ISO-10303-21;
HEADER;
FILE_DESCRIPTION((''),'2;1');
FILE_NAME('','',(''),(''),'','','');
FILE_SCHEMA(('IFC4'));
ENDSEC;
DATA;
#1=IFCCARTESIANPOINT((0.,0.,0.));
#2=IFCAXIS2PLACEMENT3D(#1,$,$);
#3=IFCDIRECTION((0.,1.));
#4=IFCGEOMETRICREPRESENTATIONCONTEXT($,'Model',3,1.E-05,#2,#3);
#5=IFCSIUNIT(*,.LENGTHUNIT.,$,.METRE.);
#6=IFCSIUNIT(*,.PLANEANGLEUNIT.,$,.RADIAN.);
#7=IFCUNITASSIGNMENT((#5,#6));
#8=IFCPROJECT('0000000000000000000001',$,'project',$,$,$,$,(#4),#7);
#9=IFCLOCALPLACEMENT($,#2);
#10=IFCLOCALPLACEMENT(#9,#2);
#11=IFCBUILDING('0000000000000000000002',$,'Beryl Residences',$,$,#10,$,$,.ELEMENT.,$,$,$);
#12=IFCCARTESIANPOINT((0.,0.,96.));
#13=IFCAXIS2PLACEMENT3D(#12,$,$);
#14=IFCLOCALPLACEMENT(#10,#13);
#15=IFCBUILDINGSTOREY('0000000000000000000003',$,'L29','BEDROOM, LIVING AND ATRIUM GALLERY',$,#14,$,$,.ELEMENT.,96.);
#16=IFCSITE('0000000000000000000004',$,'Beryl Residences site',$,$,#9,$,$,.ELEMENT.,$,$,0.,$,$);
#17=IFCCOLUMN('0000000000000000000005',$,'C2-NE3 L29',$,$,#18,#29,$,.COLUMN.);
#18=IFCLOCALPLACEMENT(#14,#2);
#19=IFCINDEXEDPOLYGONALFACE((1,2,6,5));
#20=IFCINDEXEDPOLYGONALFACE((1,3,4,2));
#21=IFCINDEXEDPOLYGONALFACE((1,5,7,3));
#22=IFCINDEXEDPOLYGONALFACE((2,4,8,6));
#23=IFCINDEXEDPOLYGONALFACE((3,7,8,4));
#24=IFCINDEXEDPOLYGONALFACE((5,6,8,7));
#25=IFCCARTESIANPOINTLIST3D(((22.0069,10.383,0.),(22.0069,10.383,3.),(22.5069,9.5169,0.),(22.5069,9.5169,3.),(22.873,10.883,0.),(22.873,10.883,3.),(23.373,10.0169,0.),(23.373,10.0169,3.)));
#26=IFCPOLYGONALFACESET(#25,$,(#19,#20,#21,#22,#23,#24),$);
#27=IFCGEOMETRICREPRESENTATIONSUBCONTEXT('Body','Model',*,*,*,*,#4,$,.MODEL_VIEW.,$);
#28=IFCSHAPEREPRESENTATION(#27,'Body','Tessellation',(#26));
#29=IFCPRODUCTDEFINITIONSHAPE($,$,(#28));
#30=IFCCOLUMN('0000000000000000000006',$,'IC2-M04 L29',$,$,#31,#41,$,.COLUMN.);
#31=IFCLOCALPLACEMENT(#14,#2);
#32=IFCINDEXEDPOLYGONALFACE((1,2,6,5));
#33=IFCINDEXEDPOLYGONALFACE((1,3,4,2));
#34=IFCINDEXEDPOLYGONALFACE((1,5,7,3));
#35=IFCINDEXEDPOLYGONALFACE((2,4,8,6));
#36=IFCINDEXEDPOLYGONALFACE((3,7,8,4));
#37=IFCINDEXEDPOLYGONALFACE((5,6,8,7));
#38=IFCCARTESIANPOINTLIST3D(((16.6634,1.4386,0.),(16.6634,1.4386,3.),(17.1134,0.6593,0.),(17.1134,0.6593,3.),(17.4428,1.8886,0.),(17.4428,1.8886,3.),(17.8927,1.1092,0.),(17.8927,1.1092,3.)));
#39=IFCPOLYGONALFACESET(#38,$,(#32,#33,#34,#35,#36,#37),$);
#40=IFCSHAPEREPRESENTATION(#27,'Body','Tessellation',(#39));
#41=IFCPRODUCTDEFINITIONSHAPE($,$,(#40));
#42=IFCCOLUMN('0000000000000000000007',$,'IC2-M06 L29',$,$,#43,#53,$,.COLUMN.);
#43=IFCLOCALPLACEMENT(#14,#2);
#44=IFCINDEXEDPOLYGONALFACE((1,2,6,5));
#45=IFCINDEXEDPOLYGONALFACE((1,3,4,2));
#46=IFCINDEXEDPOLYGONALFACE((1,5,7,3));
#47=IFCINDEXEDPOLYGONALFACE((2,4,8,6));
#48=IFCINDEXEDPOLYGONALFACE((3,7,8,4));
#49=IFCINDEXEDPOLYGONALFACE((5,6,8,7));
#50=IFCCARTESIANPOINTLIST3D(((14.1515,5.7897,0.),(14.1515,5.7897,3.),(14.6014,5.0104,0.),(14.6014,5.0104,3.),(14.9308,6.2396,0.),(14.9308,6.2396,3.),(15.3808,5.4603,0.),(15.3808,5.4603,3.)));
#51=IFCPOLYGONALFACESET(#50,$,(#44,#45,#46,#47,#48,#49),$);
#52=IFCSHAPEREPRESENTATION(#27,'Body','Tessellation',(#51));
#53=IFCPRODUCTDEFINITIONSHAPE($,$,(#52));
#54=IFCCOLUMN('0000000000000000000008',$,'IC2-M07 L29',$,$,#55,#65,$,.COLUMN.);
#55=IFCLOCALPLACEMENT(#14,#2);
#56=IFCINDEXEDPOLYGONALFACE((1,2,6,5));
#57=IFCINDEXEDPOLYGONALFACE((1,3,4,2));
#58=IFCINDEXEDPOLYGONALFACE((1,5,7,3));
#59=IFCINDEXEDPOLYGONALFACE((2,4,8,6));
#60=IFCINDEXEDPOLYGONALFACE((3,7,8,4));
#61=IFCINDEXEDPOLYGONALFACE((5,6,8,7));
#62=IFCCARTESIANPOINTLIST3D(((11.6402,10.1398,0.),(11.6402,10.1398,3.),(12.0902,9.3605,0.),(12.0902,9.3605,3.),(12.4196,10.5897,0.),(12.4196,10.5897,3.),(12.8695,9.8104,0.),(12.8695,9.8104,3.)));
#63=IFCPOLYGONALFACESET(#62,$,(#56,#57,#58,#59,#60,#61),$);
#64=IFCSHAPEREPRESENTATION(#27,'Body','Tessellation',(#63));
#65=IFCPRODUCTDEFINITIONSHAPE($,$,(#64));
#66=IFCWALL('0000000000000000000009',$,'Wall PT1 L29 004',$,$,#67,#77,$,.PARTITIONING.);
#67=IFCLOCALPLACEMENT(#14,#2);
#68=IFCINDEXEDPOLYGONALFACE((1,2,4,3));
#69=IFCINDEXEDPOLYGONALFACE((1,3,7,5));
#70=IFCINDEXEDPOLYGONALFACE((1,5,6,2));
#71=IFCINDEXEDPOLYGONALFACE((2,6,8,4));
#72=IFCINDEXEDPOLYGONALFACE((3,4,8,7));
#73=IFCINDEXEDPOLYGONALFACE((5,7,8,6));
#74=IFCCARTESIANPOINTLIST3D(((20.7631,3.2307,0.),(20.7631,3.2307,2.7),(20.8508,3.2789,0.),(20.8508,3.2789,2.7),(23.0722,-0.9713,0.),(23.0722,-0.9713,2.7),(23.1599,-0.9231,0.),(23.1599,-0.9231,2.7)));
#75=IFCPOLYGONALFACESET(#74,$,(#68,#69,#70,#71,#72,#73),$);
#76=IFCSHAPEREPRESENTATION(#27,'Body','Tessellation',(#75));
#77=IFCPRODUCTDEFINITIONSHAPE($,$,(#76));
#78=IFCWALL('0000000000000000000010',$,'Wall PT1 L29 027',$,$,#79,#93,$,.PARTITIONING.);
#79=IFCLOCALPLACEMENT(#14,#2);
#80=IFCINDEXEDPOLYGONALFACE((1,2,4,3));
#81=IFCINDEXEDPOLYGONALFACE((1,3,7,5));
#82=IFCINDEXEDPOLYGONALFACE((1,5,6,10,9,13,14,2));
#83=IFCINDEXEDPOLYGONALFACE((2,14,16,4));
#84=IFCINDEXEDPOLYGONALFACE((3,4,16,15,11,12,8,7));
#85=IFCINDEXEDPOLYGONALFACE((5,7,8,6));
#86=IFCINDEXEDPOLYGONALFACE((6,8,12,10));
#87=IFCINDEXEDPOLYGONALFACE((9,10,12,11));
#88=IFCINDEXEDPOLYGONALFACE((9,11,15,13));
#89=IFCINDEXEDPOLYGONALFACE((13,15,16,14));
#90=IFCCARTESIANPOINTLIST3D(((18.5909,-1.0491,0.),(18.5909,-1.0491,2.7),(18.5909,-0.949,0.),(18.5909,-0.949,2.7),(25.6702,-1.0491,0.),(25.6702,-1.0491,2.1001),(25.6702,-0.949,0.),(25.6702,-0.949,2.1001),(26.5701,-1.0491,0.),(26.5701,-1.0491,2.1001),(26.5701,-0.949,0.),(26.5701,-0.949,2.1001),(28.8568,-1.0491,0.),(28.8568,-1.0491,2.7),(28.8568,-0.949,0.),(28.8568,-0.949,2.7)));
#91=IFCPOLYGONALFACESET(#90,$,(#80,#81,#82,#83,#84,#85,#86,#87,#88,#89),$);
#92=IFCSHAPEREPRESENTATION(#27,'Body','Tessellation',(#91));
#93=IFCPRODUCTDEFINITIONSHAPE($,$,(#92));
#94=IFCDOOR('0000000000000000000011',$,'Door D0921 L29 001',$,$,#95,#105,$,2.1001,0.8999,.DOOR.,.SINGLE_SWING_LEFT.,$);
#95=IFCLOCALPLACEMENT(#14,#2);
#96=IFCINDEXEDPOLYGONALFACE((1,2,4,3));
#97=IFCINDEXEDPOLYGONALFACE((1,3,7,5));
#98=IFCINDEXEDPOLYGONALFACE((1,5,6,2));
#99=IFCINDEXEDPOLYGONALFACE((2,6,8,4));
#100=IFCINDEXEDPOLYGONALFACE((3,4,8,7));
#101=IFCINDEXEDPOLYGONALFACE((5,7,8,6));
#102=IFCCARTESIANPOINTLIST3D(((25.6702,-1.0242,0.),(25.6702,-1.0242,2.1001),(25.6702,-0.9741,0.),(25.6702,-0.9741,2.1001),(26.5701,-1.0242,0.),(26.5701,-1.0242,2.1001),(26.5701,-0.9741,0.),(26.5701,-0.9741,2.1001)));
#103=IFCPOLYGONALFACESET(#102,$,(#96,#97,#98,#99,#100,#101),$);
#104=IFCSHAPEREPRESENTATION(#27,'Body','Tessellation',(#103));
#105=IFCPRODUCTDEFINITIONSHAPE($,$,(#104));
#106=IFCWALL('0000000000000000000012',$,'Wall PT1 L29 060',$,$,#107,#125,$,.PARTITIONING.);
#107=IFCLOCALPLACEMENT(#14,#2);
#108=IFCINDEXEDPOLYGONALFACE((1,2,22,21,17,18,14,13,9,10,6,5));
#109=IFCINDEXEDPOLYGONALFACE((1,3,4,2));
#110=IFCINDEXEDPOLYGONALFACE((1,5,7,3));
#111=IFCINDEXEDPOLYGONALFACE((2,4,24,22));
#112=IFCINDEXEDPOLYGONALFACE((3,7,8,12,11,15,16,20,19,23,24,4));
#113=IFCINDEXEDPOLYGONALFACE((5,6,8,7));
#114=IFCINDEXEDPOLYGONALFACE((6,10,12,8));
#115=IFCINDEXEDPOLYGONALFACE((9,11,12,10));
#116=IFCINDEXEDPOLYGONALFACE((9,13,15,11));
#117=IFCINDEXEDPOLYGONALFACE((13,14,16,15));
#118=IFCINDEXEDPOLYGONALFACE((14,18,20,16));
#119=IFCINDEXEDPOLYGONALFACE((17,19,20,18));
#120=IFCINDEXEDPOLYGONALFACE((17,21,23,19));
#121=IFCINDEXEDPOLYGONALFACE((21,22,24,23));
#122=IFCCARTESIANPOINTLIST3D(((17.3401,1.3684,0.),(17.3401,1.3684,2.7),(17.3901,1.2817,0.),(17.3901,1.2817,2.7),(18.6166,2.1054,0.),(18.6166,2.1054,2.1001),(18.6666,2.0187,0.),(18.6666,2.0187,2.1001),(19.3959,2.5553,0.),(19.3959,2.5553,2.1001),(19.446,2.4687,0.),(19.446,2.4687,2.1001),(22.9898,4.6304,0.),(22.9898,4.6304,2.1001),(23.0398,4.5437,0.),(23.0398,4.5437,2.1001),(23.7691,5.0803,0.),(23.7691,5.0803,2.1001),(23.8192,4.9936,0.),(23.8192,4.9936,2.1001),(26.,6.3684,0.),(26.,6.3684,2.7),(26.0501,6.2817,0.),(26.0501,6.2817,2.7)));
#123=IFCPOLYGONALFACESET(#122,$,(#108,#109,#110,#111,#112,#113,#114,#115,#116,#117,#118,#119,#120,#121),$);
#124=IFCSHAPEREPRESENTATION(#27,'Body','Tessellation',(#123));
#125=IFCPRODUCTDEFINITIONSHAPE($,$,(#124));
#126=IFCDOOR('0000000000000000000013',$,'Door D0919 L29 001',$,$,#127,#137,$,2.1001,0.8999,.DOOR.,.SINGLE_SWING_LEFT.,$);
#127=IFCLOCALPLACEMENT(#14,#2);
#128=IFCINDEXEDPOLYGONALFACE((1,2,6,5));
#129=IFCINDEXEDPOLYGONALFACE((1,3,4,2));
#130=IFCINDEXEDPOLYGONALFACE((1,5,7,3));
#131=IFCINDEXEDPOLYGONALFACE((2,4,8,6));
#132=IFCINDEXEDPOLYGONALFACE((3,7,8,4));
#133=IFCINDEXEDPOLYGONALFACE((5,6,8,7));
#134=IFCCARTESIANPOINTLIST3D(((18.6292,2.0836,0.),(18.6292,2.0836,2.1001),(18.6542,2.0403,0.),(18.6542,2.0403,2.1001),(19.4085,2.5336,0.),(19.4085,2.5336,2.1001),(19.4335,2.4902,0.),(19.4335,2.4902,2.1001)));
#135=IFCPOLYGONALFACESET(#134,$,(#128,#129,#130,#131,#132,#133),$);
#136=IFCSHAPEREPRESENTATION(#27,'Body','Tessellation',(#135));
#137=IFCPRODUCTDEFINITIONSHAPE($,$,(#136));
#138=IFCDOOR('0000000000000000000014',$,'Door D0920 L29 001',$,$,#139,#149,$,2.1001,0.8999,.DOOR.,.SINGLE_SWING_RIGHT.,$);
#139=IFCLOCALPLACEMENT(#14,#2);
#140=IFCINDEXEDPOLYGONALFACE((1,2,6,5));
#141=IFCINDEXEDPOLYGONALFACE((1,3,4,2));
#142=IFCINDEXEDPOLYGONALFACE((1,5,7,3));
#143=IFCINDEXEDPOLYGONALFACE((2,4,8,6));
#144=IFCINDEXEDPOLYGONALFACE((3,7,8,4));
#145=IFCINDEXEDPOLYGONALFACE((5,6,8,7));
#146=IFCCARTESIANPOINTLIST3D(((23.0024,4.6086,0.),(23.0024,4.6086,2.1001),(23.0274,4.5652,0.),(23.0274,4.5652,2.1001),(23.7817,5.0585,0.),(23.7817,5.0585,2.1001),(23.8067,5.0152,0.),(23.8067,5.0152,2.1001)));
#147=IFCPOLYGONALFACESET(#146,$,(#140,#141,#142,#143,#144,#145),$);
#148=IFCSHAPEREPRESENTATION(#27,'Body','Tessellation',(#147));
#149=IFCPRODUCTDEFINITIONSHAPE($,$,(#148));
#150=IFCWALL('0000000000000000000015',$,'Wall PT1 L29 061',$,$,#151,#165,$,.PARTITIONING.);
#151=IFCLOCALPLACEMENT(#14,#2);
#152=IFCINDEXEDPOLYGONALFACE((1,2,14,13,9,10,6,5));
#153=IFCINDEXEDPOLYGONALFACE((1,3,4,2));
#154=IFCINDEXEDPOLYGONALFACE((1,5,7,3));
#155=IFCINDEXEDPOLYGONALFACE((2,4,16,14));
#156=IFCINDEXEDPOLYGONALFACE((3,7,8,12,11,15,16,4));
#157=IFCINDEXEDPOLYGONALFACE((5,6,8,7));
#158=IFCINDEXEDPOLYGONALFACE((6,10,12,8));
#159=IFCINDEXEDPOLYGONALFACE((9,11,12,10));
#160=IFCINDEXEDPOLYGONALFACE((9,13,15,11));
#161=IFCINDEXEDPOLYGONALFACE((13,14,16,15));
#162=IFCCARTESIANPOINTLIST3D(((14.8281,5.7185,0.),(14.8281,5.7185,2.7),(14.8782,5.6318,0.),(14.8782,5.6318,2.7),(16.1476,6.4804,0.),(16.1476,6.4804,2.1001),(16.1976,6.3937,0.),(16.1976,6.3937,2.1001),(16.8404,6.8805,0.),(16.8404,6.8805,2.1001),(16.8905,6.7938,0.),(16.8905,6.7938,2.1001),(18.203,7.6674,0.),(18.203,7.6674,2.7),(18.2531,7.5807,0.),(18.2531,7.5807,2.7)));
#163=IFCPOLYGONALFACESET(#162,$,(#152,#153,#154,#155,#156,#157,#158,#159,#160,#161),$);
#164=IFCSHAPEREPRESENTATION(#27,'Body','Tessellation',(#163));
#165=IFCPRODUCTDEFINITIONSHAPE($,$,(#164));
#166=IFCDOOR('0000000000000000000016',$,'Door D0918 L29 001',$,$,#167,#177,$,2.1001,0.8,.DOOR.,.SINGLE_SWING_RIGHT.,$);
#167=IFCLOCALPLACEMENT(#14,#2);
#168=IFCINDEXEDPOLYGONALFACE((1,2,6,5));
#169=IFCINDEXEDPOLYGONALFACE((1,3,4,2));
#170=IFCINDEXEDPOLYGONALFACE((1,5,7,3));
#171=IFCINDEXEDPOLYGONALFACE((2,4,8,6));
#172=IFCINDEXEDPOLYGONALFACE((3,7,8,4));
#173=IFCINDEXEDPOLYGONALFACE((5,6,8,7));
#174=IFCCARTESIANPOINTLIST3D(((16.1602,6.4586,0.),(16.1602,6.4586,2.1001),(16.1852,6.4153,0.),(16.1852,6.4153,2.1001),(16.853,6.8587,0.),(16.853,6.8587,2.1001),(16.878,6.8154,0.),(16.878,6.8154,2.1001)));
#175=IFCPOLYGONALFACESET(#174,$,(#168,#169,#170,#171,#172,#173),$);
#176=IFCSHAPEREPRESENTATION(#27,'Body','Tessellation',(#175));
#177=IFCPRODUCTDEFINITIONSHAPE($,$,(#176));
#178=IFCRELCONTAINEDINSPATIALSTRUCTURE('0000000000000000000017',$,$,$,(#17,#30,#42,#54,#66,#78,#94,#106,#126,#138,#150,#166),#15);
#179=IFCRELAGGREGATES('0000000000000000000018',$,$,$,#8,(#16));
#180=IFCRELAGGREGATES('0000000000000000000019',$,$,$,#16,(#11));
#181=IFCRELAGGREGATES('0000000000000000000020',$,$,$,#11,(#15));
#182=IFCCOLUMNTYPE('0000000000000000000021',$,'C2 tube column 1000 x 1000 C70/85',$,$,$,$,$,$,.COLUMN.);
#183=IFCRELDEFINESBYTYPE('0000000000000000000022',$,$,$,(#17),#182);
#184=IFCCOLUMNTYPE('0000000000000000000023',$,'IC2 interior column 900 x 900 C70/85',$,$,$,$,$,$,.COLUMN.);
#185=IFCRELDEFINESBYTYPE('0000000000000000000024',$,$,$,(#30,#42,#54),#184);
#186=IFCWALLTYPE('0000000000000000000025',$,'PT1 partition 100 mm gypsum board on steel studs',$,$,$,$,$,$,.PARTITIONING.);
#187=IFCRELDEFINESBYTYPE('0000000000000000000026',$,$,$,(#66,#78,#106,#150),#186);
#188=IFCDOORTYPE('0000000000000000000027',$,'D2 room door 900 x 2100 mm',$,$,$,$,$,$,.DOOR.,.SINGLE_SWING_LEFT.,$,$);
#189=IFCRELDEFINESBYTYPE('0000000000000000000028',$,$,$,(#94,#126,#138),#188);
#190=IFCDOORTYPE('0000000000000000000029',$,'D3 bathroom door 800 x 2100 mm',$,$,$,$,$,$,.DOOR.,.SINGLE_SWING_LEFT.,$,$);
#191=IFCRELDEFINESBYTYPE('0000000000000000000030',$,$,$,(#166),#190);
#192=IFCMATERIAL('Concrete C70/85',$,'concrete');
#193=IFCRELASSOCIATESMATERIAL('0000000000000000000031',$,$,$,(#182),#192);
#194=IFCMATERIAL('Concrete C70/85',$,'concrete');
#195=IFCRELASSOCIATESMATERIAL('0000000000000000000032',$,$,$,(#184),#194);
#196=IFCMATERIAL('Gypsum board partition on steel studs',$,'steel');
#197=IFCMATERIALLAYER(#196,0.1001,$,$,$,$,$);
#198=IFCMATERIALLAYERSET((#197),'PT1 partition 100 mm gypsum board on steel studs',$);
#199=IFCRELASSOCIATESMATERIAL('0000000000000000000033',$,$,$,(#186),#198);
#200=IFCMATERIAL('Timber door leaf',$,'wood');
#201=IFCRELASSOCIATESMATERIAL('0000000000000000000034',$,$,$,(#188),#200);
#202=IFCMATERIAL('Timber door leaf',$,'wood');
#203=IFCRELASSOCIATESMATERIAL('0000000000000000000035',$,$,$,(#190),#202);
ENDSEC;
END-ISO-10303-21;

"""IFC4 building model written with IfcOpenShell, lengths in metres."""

from ifc_helpers import new_model, si_unit, direction, frame, frame_2d, origin, origin_2d, place, context, subcontext, project, spatial, rectangle, extrude, material, layer, layer_set, material_profile, profile_set, type_object, element, fill, save


model = new_model("IFC4")

# Units and contexts
model_context = context("Model", 3, precision=1e-05, world=origin(), true_north=direction((0.0, 1.0)))
body_context = subcontext(model_context, "Body", "Model", "MODEL_VIEW")
ifc_project = project(units=[si_unit("LENGTHUNIT", "METRE"), si_unit("PLANEANGLEUNIT", "RADIAN")], contexts=[model_context])

# Site, building, storey
site_placement = place(None, origin())
site = spatial("IfcSite", under=ifc_project, at=site_placement, Name="Beryl Residences site", CompositionType="ELEMENT", RefElevation=0.0)
building_placement = place(site_placement, origin())
building = spatial("IfcBuilding", under=site, at=building_placement, Name="Beryl Residences", CompositionType="ELEMENT")
storey_placement = place(building_placement, frame((0.0, 0.0, 96.0)))
storey = spatial("IfcBuildingStorey", under=building, at=storey_placement, Name="L29", Description="BEDROOM, LIVING AND ATRIUM GALLERY", CompositionType="ELEMENT", Elevation=96.0)

# Columns
ifc_material_1 = material(Name="Concrete C70/85", Category="concrete")
ifc_material_profile_1 = material_profile(ifc_material_1, rectangle(XDim=1.0, YDim=1.0, at=origin_2d()))
ifc_profile_set_1 = profile_set([ifc_material_profile_1], Name="Concrete C70/85")
column_type_1 = type_object("IfcColumnType", Name="C2 tube column 1000 x 1000 C70/85", PredefinedType="COLUMN", material=ifc_profile_set_1)
column_placement = place(storey_placement, frame((22.6899, 10.2, 0.0), z_axis=(0.0, 0.0, 1.0), x_axis=(-0.5, 0.866025, 0.0)))
element("IfcColumn", 1, at=column_placement, inside=storey, type_object=column_type_1, Name="C2-NE3 L29", PredefinedType="COLUMN", context=body_context, shape_type="SweptSolid", body=[
    extrude(rectangle(XDim=1.0, YDim=1.0, at=origin_2d()), origin(), (0.0, 0.0, 1.0), 3.0),
])
ifc_material_2 = material(Name="Concrete C70/85", Category="concrete")
ifc_material_profile_2 = material_profile(ifc_material_2, rectangle(XDim=0.8999, YDim=0.8999, at=origin_2d()))
ifc_profile_set_2 = profile_set([ifc_material_profile_2], Name="Concrete C70/85")
column_type_2 = type_object("IfcColumnType", Name="IC2 interior column 900 x 900 C70/85", PredefinedType="COLUMN", material=ifc_profile_set_2)
for number, where, z_axis, x_axis, name in (
    (2, (17.2781, 1.2739, 0.0), (0.0, 0.0, 1.0), (-0.5, 0.866025, 0.0), "IC2-M04 L29"),
    (3, (14.7661, 5.625, 0.0), (0.0, 0.0, 1.0), (-0.5, 0.866025, 0.0), "IC2-M06 L29"),
    (4, (12.2549, 9.9751, 0.0), (0.0, 0.0, 1.0), (-0.5, 0.866025, 0.0), "IC2-M07 L29"),
):
    element("IfcColumn", number, at=place(storey_placement, frame(where, z_axis=z_axis, x_axis=x_axis)), inside=storey, type_object=column_type_2, Name=name, PredefinedType="COLUMN", context=body_context, shape_type="SweptSolid", body=[
        extrude(rectangle(XDim=0.8999, YDim=0.8999, at=origin_2d()), origin(), (0.0, 0.0, 1.0), 3.0),
    ])

# Wall
ifc_material_3 = material(Name="Gypsum board partition on steel studs", Category="steel")
ifc_layer_1 = layer(ifc_material_3, 0.1001)
ifc_layer_set_1 = layer_set([ifc_layer_1], Name="PT1 partition 100 mm gypsum board on steel studs")
wall_type_1 = type_object("IfcWallType", Name="PT1 partition 100 mm gypsum board on steel studs", PredefinedType="PARTITIONING", material=ifc_layer_set_1)
wall_1_placement = place(storey_placement, frame((20.8069, 3.2549, 0.0), z_axis=(0.0, 0.0, 1.0), x_axis=(0.481604, -0.876389, 0.0)))
element("IfcWall", 5, at=wall_1_placement, inside=storey, type_object=wall_type_1, Name="Wall PT1 L29 004", PredefinedType="PARTITIONING", context=body_context, shape_type="SweptSolid", body=[
    extrude(rectangle(XDim=4.7947, YDim=0.1001, at=frame_2d((2.3975, 0.0))), origin(), (0.0, 0.0, 1.0), 2.7),
])

# Wall, opening, door
wall_2_placement = place(storey_placement, frame((18.5911, -0.999, 0.0), z_axis=(0.0, 0.0, 1.0), x_axis=(1.0, 0.0, 0.0)))
wall_2 = element("IfcWall", 6, at=wall_2_placement, inside=storey, type_object=wall_type_1, Name="Wall PT1 L29 027", PredefinedType="PARTITIONING", context=body_context, shape_type="SweptSolid", body=[
    extrude(rectangle(XDim=10.2659, YDim=0.1001, at=frame_2d((5.1328, 0.0))), origin(), (0.0, 0.0, 1.0), 2.7),
])
opening_1_placement = place(wall_2_placement, frame((7.0791, 0.0, 0.0)))
opening_1 = element("IfcOpeningElement", 7, at=opening_1_placement, cuts=wall_2, PredefinedType="OPENING", context=body_context, shape_type="SweptSolid", body=[
    extrude(rectangle(XDim=0.8999, YDim=2.1001, at=frame_2d((0.45, 1.05))), frame((0.0, 0.0601, 0.0), z_axis=(0.0, -1.0, 0.0), x_axis=(1.0, 0.0, 0.0)), (0.0, 0.0, 1.0), 0.1201),
])
ifc_material_4 = material(Name="Timber door leaf", Category="wood")
door_type_1 = type_object("IfcDoorType", Name="D2 room door 900 x 2100 mm", OperationType="SINGLE_SWING_LEFT", PredefinedType="DOOR", material=ifc_material_4)
door_1_placement = place(opening_1_placement, origin())
door_1 = element("IfcDoor", 8, at=door_1_placement, inside=storey, type_object=door_type_1, Name="Door D0921 L29 001", OperationType="SINGLE_SWING_LEFT", OverallHeight=2.1001, OverallWidth=0.8999, PredefinedType="DOOR", context=body_context, shape_type="SweptSolid", body=[
    extrude(rectangle(XDim=0.8999, YDim=2.1001, at=frame_2d((0.45, 1.05))), frame((0.0, 0.0249, 0.0), z_axis=(0.0, -1.0, 0.0), x_axis=(1.0, 0.0, 0.0)), (0.0, 0.0, 1.0), 0.05),
])
fill(opening_1, door_1)

# Wall, openings, doors
wall_3_placement = place(storey_placement, frame((17.365, 1.325, 0.0), z_axis=(0.0, 0.0, 1.0), x_axis=(0.866017, 0.500015, 0.0)))
wall_3 = element("IfcWall", 9, at=wall_3_placement, inside=storey, type_object=wall_type_1, Name="Wall PT1 L29 060", PredefinedType="PARTITIONING", context=body_context, shape_type="SweptSolid", body=[
    extrude(rectangle(XDim=9.9998, YDim=0.1001, at=frame_2d((5.0, 0.0))), origin(), (0.0, 0.0, 1.0), 2.7),
])
opening_2_placement = place(wall_3_placement, frame((1.4741, 0.0, 0.0)))
opening_2 = element("IfcOpeningElement", 10, at=opening_2_placement, cuts=wall_3, PredefinedType="OPENING", context=body_context, shape_type="SweptSolid", body=[
    extrude(rectangle(XDim=0.8999, YDim=2.1001, at=frame_2d((0.45, 1.05))), frame((0.0, 0.0601, 0.0), z_axis=(0.0, -1.0, 0.0), x_axis=(1.0, 0.0, 0.0)), (0.0, 0.0, 1.0), 0.1201),
])
opening_3_placement = place(wall_3_placement, frame((6.5239, 0.0, 0.0)))
opening_3 = element("IfcOpeningElement", 11, at=opening_3_placement, cuts=wall_3, PredefinedType="OPENING", context=body_context, shape_type="SweptSolid", body=[
    extrude(rectangle(XDim=0.8999, YDim=2.1001, at=frame_2d((0.45, 1.05))), frame((0.0, 0.0601, 0.0), z_axis=(0.0, -1.0, 0.0), x_axis=(1.0, 0.0, 0.0)), (0.0, 0.0, 1.0), 0.1201),
])
door_2_placement = place(opening_2_placement, origin())
door_2 = element("IfcDoor", 12, at=door_2_placement, inside=storey, type_object=door_type_1, Name="Door D0919 L29 001", OperationType="SINGLE_SWING_LEFT", OverallHeight=2.1001, OverallWidth=0.8999, PredefinedType="DOOR", context=body_context, shape_type="SweptSolid", body=[
    extrude(rectangle(XDim=0.8999, YDim=2.1001, at=frame_2d((0.45, 1.05))), frame((0.0, 0.0249, 0.0), z_axis=(0.0, -1.0, 0.0), x_axis=(1.0, 0.0, 0.0)), (0.0, 0.0, 1.0), 0.05),
])
fill(opening_2, door_2)
door_3_placement = place(opening_3_placement, origin())
door_3 = element("IfcDoor", 13, at=door_3_placement, inside=storey, type_object=door_type_1, Name="Door D0920 L29 001", OperationType="SINGLE_SWING_RIGHT", OverallHeight=2.1001, OverallWidth=0.8999, PredefinedType="DOOR", context=body_context, shape_type="SweptSolid", body=[
    extrude(rectangle(XDim=0.8999, YDim=2.1001, at=frame_2d((0.45, 1.05))), frame((0.0, 0.0249, 0.0), z_axis=(0.0, -1.0, 0.0), x_axis=(1.0, 0.0, 0.0)), (0.0, 0.0, 1.0), 0.05),
])
fill(opening_3, door_3)

# Wall, opening, door
wall_4_placement = place(storey_placement, frame((14.853, 5.675, 0.0), z_axis=(0.0, 0.0, 1.0), x_axis=(0.865979, 0.50008, 0.0)))
wall_4 = element("IfcWall", 14, at=wall_4_placement, inside=storey, type_object=wall_type_1, Name="Wall PT1 L29 061", PredefinedType="PARTITIONING", context=body_context, shape_type="SweptSolid", body=[
    extrude(rectangle(XDim=3.8972, YDim=0.1001, at=frame_2d((1.9487, 0.0))), origin(), (0.0, 0.0, 1.0), 2.7),
])
opening_4_placement = place(wall_4_placement, frame((1.5239, 0.0, 0.0)))
opening_4 = element("IfcOpeningElement", 15, at=opening_4_placement, cuts=wall_4, PredefinedType="OPENING", context=body_context, shape_type="SweptSolid", body=[
    extrude(rectangle(XDim=0.8, YDim=2.1001, at=frame_2d((0.3999, 1.05))), frame((0.0, 0.0601, 0.0), z_axis=(0.0, -1.0, 0.0), x_axis=(1.0, 0.0, 0.0)), (0.0, 0.0, 1.0), 0.1201),
])
ifc_material_5 = material(Name="Timber door leaf", Category="wood")
door_type_2 = type_object("IfcDoorType", Name="D3 bathroom door 800 x 2100 mm", OperationType="SINGLE_SWING_LEFT", PredefinedType="DOOR", material=ifc_material_5)
door_4_placement = place(opening_4_placement, origin())
door_4 = element("IfcDoor", 16, at=door_4_placement, inside=storey, type_object=door_type_2, Name="Door D0918 L29 001", OperationType="SINGLE_SWING_RIGHT", OverallHeight=2.1001, OverallWidth=0.8, PredefinedType="DOOR", context=body_context, shape_type="SweptSolid", body=[
    extrude(rectangle(XDim=0.8, YDim=2.1001, at=frame_2d((0.3999, 1.05))), frame((0.0, 0.0249, 0.0), z_axis=(0.0, -1.0, 0.0), x_axis=(1.0, 0.0, 0.0)), (0.0, 0.0, 1.0), 0.05),
])
fill(opening_4, door_4)

save(model, "model.ifc")
